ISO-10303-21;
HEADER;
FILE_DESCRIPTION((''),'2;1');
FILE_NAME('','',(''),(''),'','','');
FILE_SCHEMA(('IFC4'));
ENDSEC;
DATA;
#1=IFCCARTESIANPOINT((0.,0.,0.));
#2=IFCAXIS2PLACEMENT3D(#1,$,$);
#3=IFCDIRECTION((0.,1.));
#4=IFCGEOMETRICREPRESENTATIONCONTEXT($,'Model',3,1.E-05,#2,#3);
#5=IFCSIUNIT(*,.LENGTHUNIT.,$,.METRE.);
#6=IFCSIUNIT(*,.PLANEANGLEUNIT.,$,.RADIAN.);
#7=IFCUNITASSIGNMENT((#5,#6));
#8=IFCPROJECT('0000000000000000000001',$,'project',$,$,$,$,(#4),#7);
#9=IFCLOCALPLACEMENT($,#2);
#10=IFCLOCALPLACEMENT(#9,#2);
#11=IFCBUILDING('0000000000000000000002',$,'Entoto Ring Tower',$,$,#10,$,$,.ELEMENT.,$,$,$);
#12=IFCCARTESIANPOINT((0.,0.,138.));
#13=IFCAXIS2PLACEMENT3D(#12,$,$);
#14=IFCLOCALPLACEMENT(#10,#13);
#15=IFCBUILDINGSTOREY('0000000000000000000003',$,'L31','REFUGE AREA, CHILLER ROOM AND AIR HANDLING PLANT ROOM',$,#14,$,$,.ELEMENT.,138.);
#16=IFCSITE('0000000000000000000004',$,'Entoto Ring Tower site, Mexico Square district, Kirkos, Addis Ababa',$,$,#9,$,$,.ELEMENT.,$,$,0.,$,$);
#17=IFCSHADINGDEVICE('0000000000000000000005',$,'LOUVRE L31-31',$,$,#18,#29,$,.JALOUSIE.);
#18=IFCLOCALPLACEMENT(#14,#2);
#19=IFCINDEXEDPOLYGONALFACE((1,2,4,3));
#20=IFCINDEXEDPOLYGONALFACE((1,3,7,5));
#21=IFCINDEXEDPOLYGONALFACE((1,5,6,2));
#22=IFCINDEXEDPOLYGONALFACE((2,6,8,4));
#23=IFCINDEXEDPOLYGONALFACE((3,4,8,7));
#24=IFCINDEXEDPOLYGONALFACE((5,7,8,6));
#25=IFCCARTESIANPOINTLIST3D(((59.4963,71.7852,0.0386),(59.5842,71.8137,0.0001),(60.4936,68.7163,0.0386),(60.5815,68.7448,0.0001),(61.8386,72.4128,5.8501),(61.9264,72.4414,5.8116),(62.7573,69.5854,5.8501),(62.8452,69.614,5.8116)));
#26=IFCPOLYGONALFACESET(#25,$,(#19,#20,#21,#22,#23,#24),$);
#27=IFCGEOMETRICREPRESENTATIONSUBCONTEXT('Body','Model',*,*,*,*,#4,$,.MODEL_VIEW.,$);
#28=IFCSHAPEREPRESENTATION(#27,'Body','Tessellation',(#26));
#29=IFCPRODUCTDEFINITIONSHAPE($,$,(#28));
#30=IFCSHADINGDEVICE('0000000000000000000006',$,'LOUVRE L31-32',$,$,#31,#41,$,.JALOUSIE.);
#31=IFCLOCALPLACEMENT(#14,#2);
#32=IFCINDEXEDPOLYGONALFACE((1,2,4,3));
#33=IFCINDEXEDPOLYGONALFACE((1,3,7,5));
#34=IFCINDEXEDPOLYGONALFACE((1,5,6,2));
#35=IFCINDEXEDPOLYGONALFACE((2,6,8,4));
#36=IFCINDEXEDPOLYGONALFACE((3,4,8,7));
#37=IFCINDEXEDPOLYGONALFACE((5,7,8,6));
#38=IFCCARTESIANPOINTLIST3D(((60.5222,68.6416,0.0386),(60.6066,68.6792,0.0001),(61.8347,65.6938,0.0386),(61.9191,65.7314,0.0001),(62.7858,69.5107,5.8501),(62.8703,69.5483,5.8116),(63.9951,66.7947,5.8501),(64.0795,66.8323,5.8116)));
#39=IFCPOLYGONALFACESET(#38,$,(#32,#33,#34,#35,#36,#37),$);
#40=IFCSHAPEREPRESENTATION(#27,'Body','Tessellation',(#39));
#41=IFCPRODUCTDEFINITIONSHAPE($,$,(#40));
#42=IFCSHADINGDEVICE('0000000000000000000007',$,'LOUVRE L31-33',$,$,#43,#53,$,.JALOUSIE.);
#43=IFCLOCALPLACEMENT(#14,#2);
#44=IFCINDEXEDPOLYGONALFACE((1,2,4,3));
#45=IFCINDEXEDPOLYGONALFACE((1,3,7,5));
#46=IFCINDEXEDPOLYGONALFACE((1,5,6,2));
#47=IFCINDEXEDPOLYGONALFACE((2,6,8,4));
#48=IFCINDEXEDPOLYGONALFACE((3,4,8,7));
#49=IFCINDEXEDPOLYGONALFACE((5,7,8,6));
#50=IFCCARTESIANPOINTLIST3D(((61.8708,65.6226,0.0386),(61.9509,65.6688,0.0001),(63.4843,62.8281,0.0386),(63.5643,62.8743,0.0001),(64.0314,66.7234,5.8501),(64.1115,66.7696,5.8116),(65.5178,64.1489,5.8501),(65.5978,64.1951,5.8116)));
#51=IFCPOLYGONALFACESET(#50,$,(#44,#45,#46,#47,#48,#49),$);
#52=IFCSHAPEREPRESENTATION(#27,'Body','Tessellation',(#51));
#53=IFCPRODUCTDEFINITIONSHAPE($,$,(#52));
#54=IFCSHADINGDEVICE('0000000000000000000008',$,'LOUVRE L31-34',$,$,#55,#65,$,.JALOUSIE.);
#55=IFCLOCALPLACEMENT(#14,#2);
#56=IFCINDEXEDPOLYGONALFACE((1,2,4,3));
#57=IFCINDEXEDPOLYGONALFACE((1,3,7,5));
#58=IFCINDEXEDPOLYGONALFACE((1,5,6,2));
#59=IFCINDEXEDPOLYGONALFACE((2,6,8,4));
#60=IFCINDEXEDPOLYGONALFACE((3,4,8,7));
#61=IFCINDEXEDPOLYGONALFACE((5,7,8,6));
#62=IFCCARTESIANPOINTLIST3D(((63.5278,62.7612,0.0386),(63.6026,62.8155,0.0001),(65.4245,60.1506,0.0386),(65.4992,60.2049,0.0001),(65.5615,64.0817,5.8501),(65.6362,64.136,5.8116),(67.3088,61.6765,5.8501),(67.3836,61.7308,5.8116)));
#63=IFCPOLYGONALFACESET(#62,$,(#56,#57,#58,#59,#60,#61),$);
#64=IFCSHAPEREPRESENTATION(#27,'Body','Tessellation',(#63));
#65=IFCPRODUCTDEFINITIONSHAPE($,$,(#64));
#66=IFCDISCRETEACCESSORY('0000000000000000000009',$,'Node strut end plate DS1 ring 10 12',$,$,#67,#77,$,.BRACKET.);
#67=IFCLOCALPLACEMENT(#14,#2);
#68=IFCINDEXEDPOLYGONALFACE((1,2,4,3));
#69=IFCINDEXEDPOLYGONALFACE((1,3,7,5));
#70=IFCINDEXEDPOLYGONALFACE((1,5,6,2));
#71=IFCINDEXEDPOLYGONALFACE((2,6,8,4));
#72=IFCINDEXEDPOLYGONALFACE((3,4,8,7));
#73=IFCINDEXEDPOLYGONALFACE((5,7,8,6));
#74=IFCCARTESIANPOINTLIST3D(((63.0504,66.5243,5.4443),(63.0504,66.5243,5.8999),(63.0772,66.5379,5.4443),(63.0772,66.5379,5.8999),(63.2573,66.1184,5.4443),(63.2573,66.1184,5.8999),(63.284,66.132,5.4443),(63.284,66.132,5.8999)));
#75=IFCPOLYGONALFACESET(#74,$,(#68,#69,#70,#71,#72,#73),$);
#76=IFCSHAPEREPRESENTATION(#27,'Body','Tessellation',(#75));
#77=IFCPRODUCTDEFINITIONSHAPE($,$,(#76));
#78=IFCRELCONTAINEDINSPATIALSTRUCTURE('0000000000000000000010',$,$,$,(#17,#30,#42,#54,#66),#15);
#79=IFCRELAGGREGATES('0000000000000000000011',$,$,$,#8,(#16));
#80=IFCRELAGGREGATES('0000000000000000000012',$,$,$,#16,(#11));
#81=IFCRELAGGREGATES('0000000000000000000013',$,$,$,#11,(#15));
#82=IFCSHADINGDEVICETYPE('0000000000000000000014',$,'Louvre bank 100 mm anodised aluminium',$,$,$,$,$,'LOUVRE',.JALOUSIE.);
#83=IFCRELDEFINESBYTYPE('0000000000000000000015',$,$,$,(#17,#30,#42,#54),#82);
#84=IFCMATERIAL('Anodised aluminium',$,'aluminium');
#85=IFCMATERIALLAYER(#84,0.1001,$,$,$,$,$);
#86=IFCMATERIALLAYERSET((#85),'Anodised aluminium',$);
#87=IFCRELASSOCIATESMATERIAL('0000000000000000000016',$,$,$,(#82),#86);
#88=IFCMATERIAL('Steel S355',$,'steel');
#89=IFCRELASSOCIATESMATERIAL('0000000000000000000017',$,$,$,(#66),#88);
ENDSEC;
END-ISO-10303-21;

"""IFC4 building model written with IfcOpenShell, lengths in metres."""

from ifc_helpers import new_model, si_unit, direction, frame, origin, origin_2d, place, context, subcontext, project, spatial, polyline, rectangle, outline, extrude, material, layer, layer_set, type_object, element, save


model = new_model("IFC4")

# Units and contexts
model_context = context("Model", 3, precision=1e-05, world=origin(), true_north=direction((0.0, 1.0)))
body_context = subcontext(model_context, "Body", "Model", "MODEL_VIEW")
ifc_project = project(units=[si_unit("LENGTHUNIT", "METRE"), si_unit("PLANEANGLEUNIT", "RADIAN")], contexts=[model_context])

# Site, building, storey
site_placement = place(None, origin())
site = spatial("IfcSite", under=ifc_project, at=site_placement, Name="Entoto Ring Tower site, Mexico Square district, Kirkos, Addis Ababa", CompositionType="ELEMENT", RefElevation=0.0)
building_placement = place(site_placement, origin())
building = spatial("IfcBuilding", under=site, at=building_placement, Name="Entoto Ring Tower", CompositionType="ELEMENT")
storey_placement = place(building_placement, frame((0.0, 0.0, 138.0)))
storey = spatial("IfcBuildingStorey", under=building, at=storey_placement, Name="L31", Description="REFUGE AREA, CHILLER ROOM AND AIR HANDLING PLANT ROOM", CompositionType="ELEMENT", Elevation=138.0)

# Shading devices
ifc_material_1 = material(Name="Anodised aluminium", Category="aluminium")
ifc_layer_1 = layer(ifc_material_1, 0.1001)
ifc_layer_set_1 = layer_set([ifc_layer_1], Name="Anodised aluminium")
shading_device_type = type_object("IfcShadingDeviceType", Name="Louvre bank 100 mm anodised aluminium", ElementType="LOUVRE", PredefinedType="JALOUSIE", material=ifc_layer_set_1)
shading_device_1_placement = place(storey_placement, frame((59.4963, 71.7852, 0.0386), z_axis=(-0.877885, -0.285274, 0.384624), x_axis=(0.309051, -0.951045, 0.000008)))
element("IfcShadingDevice", 1, at=shading_device_1_placement, inside=storey, type_object=shading_device_type, Name="LOUVRE L31-31", PredefinedType="JALOUSIE", context=body_context, shape_type="SweptSolid", body=[
    extrude(outline(polyline([(0.0, 0.0), (3.2268, 0.0), (3.0999, 6.2958), (0.127, 6.2959), (0.0, 0.0)])), origin(), (0.0, 0.0, -1.0), 0.1001),
])
shading_device_2_placement = place(storey_placement, frame((60.5222, 68.6416, 0.0386), z_axis=(-0.843273, -0.375454, 0.38461), x_axis=(0.406743, -0.913542, 0.000006)))
element("IfcShadingDevice", 2, at=shading_device_2_placement, inside=storey, type_object=shading_device_type, Name="LOUVRE L31-32", PredefinedType="JALOUSIE", context=body_context, shape_type="SweptSolid", body=[
    extrude(outline(polyline([(0.0, 0.0), (3.2267, 0.0), (3.0999, 6.2958), (0.1268, 6.2958), (0.0, 0.0)])), origin(), (0.0, 0.0, -1.0), 0.1001),
])
shading_device_3_placement = place(storey_placement, frame((61.8708, 65.6226, 0.0386), z_axis=(-0.799399, -0.461551, 0.38462), x_axis=(0.500018, -0.866015, 0.000009)))
element("IfcShadingDevice", 3, at=shading_device_3_placement, inside=storey, type_object=shading_device_type, Name="LOUVRE L31-33", PredefinedType="JALOUSIE", context=body_context, shape_type="SweptSolid", body=[
    extrude(outline(polyline([(0.0, 0.0), (3.2268, 0.0), (3.0998, 6.2958), (0.1271, 6.2959), (0.0, 0.0)])), origin(), (0.0, 0.0, -1.0), 0.1001),
])
shading_device_4_placement = place(storey_placement, frame((63.5278, 62.7612, 0.0386), z_axis=(-0.746802, -0.542554, 0.384606), x_axis=(0.587768, -0.80903, 0.000011)))
element("IfcShadingDevice", 4, at=shading_device_4_placement, inside=storey, type_object=shading_device_type, Name="LOUVRE L31-34", PredefinedType="JALOUSIE", context=body_context, shape_type="SweptSolid", body=[
    extrude(outline(polyline([(0.0, 0.0), (3.2269, 0.0), (3.1, 6.2958), (0.127, 6.2958), (0.0, 0.0)])), origin(), (0.0, 0.0, -1.0), 0.1001),
])

# Discrete accessory
ifc_material_2 = material(Name="Steel S355", Category="steel")
discrete_accessory_placement = place(storey_placement, frame((63.1672, 66.3281, 5.4443), z_axis=(0.0, 0.0, 1.0), x_axis=(-0.891007, -0.45399, 0.0)))
element("IfcDiscreteAccessory", 5, at=discrete_accessory_placement, inside=storey, material=ifc_material_2, Name="Node strut end plate DS1 ring 10 12", PredefinedType="BRACKET", context=body_context, shape_type="SweptSolid", body=[
    extrude(rectangle(XDim=0.03, YDim=0.4556, at=origin_2d()), origin(), (0.0, 0.0, 1.0), 0.4556),
])

save(model, "model.ifc")
